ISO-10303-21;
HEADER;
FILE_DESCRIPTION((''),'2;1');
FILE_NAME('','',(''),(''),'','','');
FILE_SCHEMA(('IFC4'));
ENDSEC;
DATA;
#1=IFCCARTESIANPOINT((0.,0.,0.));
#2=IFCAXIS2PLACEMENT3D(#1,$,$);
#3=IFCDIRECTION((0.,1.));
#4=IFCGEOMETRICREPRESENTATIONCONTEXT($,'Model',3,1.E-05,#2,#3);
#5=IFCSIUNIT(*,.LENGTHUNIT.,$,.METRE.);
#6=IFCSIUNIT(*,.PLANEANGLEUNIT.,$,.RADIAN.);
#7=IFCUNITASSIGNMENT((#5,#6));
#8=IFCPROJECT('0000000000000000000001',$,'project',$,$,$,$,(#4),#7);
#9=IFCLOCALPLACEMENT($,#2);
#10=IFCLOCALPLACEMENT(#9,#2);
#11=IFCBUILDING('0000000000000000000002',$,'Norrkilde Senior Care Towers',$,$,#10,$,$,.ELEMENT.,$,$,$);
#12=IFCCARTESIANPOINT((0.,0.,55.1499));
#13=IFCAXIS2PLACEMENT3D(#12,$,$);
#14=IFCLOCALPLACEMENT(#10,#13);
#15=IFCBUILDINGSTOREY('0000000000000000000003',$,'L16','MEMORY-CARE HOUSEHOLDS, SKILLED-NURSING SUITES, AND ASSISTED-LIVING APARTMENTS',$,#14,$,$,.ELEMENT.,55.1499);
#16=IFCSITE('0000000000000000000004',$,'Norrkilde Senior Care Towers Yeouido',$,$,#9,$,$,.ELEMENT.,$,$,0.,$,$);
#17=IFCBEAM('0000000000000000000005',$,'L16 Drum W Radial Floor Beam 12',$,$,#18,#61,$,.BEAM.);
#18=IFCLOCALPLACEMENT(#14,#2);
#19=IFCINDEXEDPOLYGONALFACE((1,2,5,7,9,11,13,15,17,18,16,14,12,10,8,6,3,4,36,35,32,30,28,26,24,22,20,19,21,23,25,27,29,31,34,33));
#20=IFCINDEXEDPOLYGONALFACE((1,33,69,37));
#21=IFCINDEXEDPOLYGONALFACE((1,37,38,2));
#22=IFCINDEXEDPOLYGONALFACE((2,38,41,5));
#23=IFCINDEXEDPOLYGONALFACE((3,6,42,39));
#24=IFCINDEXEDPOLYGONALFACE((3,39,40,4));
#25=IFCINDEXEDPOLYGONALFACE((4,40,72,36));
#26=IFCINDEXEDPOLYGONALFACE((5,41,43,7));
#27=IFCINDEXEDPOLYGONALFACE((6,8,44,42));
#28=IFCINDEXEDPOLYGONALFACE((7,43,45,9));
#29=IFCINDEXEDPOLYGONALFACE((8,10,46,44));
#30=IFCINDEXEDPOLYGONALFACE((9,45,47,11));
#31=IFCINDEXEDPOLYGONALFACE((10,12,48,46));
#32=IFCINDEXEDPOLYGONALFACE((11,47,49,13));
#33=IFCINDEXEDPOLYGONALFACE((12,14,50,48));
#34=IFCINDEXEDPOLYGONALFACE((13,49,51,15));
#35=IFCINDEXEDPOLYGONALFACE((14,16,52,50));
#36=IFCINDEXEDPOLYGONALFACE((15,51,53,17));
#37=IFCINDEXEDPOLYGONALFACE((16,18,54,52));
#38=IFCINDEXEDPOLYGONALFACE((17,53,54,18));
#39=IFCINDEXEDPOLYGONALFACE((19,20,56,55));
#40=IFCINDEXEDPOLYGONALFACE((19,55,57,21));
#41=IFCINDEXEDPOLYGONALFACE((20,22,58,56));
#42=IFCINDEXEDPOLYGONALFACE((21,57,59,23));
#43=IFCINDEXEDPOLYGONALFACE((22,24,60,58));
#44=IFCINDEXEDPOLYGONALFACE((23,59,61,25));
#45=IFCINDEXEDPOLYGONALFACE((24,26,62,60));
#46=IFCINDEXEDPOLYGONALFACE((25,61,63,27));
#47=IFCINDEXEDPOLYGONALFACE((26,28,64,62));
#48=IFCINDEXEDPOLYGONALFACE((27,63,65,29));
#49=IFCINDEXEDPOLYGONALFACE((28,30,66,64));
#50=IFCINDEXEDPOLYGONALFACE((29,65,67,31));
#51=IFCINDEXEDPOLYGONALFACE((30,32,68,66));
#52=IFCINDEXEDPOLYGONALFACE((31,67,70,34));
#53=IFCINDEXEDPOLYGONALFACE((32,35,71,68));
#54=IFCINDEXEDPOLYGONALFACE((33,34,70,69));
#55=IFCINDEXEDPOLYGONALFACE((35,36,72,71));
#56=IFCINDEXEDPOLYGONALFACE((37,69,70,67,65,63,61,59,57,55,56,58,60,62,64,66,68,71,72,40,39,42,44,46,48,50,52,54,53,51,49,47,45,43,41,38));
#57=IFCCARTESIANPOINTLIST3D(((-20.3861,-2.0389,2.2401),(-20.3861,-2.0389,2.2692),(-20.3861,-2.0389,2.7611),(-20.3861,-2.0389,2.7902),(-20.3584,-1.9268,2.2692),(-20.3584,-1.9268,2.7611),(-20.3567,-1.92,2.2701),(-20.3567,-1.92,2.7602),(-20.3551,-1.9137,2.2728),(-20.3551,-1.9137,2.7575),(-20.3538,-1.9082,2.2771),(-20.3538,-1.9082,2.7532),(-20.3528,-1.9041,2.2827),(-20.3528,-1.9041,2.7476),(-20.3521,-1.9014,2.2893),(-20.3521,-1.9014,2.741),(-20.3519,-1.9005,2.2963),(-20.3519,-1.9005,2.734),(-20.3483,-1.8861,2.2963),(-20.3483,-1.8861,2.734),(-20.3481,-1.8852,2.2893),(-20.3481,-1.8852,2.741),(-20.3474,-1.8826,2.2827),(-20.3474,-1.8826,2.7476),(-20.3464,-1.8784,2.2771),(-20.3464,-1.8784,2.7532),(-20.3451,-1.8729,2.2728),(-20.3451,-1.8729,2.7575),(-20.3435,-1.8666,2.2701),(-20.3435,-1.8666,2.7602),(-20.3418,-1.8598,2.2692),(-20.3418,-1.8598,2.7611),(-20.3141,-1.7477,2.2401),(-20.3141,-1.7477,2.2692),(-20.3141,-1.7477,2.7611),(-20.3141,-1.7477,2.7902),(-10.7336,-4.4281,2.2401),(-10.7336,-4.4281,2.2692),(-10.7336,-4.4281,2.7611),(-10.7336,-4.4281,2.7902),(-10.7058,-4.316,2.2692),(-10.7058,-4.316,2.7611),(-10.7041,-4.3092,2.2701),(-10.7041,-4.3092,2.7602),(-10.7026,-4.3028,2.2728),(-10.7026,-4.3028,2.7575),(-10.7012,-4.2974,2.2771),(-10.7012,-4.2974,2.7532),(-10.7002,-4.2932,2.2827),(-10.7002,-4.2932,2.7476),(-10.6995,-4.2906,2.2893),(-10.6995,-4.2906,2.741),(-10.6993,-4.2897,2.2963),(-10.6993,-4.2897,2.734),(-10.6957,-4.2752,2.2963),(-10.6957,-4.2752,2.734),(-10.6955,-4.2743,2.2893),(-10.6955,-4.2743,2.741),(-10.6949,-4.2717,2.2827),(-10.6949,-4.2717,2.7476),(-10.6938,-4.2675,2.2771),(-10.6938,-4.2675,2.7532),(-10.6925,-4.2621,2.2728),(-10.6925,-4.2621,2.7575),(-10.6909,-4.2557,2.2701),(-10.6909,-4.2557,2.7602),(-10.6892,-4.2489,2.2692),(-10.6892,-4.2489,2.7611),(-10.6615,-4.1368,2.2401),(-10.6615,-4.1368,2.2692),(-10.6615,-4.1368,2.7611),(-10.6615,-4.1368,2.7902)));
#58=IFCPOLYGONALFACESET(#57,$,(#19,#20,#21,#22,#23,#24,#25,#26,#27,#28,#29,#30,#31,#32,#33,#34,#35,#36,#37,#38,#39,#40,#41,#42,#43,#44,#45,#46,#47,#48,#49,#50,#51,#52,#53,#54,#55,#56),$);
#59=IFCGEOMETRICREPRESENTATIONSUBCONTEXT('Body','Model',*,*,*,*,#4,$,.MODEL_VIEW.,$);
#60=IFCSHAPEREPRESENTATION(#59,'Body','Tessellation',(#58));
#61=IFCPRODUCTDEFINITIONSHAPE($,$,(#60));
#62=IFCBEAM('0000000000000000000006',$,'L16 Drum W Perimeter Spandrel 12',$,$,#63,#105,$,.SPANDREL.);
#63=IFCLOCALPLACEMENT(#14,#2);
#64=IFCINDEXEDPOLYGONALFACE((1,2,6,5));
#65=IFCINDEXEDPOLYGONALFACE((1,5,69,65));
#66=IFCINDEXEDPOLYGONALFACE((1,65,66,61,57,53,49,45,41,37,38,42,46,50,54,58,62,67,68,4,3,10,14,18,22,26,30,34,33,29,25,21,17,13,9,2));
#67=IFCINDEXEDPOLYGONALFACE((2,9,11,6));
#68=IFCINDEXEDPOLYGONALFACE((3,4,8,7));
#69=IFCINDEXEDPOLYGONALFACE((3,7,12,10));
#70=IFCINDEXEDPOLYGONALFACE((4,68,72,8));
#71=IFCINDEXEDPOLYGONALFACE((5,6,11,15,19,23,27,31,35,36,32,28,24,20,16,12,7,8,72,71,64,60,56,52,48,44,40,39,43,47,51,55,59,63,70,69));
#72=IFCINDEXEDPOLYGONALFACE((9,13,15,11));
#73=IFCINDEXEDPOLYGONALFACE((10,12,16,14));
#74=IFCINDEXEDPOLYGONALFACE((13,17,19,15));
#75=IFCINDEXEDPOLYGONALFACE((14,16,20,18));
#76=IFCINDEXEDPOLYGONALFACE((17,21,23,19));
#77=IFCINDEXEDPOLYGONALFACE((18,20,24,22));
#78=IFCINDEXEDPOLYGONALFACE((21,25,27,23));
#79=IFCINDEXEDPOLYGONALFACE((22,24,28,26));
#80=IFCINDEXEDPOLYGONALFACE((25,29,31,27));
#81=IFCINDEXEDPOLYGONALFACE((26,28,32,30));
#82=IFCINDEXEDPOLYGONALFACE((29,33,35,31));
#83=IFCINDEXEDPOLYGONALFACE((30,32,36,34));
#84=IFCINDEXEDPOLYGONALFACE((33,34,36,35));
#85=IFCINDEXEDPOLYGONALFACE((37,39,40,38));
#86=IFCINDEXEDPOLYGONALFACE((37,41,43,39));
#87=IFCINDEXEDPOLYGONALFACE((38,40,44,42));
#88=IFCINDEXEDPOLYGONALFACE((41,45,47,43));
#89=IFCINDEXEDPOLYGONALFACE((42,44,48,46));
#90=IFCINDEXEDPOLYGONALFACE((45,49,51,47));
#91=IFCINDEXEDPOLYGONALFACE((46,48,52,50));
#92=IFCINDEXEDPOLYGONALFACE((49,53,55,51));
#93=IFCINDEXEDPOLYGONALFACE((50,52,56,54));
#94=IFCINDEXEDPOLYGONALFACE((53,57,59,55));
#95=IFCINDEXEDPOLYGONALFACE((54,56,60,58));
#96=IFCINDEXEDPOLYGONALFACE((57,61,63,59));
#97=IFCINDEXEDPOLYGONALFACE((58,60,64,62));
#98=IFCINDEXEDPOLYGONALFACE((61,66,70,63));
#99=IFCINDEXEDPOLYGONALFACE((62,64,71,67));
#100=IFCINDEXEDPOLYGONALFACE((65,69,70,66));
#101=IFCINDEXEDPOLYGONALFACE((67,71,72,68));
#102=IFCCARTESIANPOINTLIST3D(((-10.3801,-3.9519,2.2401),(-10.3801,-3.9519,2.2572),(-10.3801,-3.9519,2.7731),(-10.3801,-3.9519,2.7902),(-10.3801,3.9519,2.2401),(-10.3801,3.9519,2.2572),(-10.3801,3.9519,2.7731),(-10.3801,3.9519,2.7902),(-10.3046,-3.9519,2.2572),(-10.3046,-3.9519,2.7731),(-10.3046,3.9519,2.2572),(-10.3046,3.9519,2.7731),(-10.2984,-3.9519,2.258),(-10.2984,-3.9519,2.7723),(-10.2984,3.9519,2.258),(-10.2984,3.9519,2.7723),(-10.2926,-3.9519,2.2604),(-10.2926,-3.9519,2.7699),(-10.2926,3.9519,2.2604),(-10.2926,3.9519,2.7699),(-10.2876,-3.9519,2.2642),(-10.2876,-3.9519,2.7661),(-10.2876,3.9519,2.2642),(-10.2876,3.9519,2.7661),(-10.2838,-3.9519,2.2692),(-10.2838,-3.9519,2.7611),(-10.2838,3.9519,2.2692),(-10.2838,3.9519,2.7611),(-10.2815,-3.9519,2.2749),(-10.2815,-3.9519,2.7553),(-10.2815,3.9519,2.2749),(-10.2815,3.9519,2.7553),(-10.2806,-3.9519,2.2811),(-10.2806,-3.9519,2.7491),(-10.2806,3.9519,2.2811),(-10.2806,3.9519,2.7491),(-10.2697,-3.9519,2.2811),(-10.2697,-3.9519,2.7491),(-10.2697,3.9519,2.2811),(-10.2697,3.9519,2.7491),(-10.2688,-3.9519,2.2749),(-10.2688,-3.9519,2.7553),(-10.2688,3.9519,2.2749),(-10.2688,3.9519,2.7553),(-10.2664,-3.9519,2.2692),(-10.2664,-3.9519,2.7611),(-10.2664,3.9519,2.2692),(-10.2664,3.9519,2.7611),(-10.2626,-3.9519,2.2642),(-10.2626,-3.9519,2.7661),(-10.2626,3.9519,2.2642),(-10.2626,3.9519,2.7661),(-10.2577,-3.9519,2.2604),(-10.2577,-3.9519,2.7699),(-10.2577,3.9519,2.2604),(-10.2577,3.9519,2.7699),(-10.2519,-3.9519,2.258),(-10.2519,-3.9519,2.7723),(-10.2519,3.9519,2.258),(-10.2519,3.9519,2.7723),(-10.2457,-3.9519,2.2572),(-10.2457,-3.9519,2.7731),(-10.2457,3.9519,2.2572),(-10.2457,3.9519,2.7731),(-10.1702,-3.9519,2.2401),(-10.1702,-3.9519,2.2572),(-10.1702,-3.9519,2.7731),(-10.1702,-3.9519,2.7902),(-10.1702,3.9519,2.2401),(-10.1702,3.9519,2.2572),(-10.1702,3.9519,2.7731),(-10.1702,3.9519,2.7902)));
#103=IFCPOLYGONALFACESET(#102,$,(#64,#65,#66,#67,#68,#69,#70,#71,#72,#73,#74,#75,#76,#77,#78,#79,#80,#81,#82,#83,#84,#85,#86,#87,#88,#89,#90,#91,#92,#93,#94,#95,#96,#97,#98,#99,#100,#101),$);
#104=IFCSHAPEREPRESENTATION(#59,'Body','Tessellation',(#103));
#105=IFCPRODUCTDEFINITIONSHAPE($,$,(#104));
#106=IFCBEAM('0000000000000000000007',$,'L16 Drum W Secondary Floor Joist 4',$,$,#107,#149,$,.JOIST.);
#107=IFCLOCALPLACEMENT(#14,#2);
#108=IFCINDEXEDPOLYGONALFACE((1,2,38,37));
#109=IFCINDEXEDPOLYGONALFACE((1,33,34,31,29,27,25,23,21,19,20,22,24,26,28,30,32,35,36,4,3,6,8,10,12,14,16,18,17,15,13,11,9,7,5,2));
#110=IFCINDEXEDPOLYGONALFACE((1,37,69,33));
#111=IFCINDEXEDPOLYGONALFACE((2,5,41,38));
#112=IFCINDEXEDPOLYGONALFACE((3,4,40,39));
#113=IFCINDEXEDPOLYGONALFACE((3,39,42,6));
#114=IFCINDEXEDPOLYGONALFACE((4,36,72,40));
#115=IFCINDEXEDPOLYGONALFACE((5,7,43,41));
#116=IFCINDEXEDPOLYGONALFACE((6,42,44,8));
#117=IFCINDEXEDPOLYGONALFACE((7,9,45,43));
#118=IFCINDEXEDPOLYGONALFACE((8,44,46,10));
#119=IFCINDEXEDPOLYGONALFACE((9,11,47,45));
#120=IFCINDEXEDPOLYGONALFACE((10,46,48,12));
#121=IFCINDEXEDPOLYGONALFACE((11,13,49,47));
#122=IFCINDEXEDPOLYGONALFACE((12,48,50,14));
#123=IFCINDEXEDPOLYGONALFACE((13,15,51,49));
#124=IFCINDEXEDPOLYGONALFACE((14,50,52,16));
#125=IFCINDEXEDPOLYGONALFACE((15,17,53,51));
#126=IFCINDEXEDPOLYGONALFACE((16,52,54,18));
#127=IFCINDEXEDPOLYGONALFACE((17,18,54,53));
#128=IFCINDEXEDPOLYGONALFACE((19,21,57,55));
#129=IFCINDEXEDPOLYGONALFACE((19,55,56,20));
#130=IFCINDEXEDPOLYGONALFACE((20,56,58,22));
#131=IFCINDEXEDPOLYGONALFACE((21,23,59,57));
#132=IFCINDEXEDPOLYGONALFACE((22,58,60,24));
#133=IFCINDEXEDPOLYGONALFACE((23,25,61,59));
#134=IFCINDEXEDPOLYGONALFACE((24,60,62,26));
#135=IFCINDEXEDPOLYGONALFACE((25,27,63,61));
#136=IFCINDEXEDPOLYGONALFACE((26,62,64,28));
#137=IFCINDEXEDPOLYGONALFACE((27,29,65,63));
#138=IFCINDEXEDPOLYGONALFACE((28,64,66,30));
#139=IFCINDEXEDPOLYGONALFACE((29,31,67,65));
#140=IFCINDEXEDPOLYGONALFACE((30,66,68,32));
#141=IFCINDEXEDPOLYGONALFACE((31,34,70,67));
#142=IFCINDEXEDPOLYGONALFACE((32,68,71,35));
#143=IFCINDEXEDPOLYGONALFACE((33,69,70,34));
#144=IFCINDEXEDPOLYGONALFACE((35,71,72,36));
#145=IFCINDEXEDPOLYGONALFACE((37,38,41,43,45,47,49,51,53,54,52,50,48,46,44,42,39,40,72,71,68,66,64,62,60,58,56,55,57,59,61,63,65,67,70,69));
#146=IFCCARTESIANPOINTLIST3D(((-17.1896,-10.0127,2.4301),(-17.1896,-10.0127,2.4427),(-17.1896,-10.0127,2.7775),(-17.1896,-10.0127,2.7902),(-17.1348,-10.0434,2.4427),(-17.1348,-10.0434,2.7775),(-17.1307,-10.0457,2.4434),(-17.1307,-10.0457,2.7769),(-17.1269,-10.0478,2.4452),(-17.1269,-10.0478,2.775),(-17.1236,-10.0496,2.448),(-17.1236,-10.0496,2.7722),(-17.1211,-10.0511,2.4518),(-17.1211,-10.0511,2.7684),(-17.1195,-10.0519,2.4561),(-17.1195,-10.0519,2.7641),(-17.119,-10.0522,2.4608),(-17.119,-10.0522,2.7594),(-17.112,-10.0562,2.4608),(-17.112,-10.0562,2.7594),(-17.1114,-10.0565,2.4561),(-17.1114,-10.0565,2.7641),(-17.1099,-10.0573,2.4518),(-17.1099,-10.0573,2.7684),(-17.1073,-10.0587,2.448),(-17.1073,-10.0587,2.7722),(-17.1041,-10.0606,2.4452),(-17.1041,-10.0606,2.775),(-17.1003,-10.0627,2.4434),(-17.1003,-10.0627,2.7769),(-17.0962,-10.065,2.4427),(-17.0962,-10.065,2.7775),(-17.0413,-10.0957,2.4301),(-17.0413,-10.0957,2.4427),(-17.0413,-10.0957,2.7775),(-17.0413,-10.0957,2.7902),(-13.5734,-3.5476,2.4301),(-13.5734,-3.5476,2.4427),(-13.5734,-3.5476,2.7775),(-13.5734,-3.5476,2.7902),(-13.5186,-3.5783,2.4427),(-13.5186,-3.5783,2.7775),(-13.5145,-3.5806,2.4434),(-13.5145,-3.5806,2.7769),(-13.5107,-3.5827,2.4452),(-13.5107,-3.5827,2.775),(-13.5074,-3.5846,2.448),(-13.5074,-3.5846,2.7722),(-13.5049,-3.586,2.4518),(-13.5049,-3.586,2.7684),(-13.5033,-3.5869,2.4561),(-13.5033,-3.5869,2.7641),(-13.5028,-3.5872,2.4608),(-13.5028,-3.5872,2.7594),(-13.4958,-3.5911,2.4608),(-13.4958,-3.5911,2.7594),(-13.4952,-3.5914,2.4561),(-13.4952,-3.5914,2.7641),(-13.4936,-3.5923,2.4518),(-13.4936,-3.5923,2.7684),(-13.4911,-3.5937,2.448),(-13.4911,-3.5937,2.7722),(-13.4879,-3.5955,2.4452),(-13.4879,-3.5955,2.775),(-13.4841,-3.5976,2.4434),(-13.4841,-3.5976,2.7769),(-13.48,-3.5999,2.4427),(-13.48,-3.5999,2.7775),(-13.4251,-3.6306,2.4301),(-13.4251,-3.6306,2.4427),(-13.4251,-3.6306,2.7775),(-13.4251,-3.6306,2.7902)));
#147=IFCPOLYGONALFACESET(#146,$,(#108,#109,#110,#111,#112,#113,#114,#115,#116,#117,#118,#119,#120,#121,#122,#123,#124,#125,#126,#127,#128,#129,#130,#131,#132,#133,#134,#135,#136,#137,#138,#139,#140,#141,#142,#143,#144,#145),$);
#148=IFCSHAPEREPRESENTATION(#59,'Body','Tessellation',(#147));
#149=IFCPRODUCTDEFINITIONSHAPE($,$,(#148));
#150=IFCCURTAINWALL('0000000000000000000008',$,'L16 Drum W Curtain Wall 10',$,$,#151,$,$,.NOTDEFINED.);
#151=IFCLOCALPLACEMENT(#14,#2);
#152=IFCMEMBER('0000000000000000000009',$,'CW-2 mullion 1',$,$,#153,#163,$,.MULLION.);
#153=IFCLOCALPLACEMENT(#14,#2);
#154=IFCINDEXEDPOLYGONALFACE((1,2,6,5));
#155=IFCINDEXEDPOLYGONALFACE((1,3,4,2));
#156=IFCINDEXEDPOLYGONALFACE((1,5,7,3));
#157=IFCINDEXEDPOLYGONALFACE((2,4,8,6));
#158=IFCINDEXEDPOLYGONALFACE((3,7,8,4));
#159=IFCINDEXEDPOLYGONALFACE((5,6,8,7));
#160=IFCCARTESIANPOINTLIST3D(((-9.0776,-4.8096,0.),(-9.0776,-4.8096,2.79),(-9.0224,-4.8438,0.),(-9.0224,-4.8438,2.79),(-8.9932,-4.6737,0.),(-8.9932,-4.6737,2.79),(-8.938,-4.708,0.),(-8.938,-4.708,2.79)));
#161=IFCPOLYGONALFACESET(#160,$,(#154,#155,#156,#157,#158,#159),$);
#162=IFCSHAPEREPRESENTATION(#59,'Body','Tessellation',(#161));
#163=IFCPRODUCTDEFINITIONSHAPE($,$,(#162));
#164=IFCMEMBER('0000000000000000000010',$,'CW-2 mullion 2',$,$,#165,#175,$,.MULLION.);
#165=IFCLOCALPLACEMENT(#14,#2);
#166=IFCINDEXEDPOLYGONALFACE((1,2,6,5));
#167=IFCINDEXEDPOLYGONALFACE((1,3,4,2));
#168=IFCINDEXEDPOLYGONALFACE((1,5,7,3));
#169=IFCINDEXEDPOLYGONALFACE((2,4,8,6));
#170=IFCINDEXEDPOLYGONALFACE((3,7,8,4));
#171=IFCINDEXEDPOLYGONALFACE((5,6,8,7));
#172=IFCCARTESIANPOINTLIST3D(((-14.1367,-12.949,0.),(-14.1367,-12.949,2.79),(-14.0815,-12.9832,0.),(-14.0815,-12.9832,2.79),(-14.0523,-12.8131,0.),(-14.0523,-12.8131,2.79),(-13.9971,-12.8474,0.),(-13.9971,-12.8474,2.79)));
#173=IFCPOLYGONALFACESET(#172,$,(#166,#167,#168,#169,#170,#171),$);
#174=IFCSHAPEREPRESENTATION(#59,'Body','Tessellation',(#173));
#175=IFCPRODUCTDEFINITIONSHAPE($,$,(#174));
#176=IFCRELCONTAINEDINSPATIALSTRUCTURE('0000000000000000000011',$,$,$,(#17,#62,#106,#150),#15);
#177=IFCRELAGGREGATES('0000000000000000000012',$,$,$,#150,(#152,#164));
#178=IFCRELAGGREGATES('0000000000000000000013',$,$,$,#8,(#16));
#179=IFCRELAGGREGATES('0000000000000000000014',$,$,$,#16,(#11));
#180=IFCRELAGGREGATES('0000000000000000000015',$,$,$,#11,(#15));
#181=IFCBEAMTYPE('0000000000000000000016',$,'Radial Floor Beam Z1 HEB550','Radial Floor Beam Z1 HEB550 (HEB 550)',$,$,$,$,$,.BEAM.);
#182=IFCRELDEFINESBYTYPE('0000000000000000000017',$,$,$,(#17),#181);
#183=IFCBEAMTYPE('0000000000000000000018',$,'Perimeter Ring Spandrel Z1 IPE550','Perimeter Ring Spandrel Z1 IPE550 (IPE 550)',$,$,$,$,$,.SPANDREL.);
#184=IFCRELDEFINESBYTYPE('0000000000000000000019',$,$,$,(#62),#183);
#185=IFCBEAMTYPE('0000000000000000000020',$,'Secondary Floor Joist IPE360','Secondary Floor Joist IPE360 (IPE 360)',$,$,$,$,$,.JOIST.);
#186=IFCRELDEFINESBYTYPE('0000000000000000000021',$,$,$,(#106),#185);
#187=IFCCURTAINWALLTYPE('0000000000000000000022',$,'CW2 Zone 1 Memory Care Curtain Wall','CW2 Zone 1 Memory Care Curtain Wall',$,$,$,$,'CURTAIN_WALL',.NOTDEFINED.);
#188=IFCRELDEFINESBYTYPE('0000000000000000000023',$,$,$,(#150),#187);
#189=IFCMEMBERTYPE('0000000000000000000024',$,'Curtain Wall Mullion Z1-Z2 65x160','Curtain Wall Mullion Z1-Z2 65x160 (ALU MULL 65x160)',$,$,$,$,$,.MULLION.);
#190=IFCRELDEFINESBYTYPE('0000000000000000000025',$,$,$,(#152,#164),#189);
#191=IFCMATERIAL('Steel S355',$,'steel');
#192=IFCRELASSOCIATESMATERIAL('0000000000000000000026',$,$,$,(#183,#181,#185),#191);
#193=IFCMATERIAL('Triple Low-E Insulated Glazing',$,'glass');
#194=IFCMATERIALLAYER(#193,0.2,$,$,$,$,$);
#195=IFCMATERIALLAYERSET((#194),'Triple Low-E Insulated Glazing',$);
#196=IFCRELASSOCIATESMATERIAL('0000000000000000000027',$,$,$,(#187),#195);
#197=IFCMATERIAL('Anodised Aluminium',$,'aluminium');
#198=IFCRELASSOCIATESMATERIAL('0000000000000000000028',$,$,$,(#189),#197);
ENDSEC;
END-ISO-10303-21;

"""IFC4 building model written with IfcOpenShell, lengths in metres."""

from ifc_helpers import new_model, si_unit, direction, frame, origin, origin_2d, place, context, subcontext, project, spatial, rectangle, i_section, extrude, source, transform, mapped, material, layer, layer_set, material_profile, profile_set, type_object, type_shapes, element, aggregate, save


model = new_model("IFC4")

# Units and contexts
model_context = context("Model", 3, precision=1e-05, world=origin(), true_north=direction((0.0, 1.0)))
body_context = subcontext(model_context, "Body", "Model", "MODEL_VIEW")
ifc_project = project(units=[si_unit("LENGTHUNIT", "METRE"), si_unit("PLANEANGLEUNIT", "RADIAN")], contexts=[model_context])

# Site, building, storey
site_placement = place(None, origin())
site = spatial("IfcSite", under=ifc_project, at=site_placement, Name="Norrkilde Senior Care Towers Yeouido", CompositionType="ELEMENT", RefElevation=0.0)
building_placement = place(site_placement, origin())
building = spatial("IfcBuilding", under=site, at=building_placement, Name="Norrkilde Senior Care Towers", CompositionType="ELEMENT")
storey_placement = place(building_placement, frame((0.0, 0.0, 55.1499)))
storey = spatial("IfcBuildingStorey", under=building, at=storey_placement, Name="L16", Description="MEMORY-CARE HOUSEHOLDS, SKILLED-NURSING SUITES, AND ASSISTED-LIVING APARTMENTS", CompositionType="ELEMENT", Elevation=55.1499)

# Beams
ifc_material_1 = material(Name="Steel S355", Category="steel")
ifc_material_profile_1 = material_profile(ifc_material_1, i_section(OverallWidth=0.21, OverallDepth=0.55, WebThickness=0.011, FlangeThickness=0.0171, FilletRadius=0.0239, at=origin_2d()), Name="IPE 550")
ifc_profile_set_1 = profile_set([ifc_material_profile_1], Name="Steel S355")
beam_type_1 = type_object("IfcBeamType", Name="Perimeter Ring Spandrel Z1 IPE550", Description="Perimeter Ring Spandrel Z1 IPE550 (IPE 550)", PredefinedType="SPANDREL", material=ifc_profile_set_1)
ifc_material_profile_2 = material_profile(ifc_material_1, i_section(OverallWidth=0.3, OverallDepth=0.55, WebThickness=0.0149, FlangeThickness=0.0291, FilletRadius=0.0271, at=origin_2d()), Name="HEB 550")
ifc_profile_set_2 = profile_set([ifc_material_profile_2], Name="Steel S355")
beam_type_2 = type_object("IfcBeamType", Name="Radial Floor Beam Z1 HEB550", Description="Radial Floor Beam Z1 HEB550 (HEB 550)", PredefinedType="BEAM", material=ifc_profile_set_2)
shared_shape_1 = source(origin(), body_context, "Body", "SweptSolid", [
    extrude(i_section(OverallWidth=0.3, OverallDepth=0.55, WebThickness=0.0149, FlangeThickness=0.0291, FilletRadius=0.0271, at=origin_2d()), origin(), (0.0, 0.0, 1.0), 9.9438),
])
type_shapes(beam_type_2, [shared_shape_1])
for number, where, z_axis, x_axis, name in (
    (1, (-20.3501, -1.8933, 2.5151), (0.970707, -0.240265, 0.0), (0.240265, 0.970707, 0.0), "L16 Drum W Radial Floor Beam 12"),
):
    element("IfcBeam", number, at=place(storey_placement, frame(where, z_axis=z_axis, x_axis=x_axis)), inside=storey, type_object=beam_type_2, Name=name, PredefinedType="BEAM", context=body_context, shape_type="MappedRepresentation", body=[
        mapped(shared_shape_1, transform((0.0, 0.0, 0.0), x_axis=(1.0, 0.0, 0.0), y_axis=(0.0, 1.0, 0.0), z_axis=(0.0, 0.0, 1.0), scale=1.0)),
    ])
shared_shape_2 = source(origin(), body_context, "Body", "SweptSolid", [
    extrude(i_section(OverallWidth=0.21, OverallDepth=0.55, WebThickness=0.011, FlangeThickness=0.0171, FilletRadius=0.0239, at=origin_2d()), origin(), (0.0, 0.0, 1.0), 7.9038),
])
beam_1_placement = place(storey_placement, frame((-10.2751, -3.9519, 2.5151), z_axis=(0.0, 1.0, 0.0), x_axis=(-1.0, 0.0, 0.0)))
element("IfcBeam", 2, at=beam_1_placement, inside=storey, type_object=beam_type_1, Name="L16 Drum W Perimeter Spandrel 12", PredefinedType="SPANDREL", context=body_context, shape_type="MappedRepresentation", body=[
    mapped(shared_shape_2, transform((0.0, 0.0, 0.0), x_axis=(1.0, 0.0, 0.0), y_axis=(0.0, 1.0, 0.0), z_axis=(0.0, 0.0, 1.0), scale=1.0)),
])
ifc_material_profile_3 = material_profile(ifc_material_1, i_section(OverallWidth=0.1699, OverallDepth=0.3601, WebThickness=0.0081, FlangeThickness=0.0127, FilletRadius=0.0181, at=origin_2d()), Name="IPE 360")
ifc_profile_set_3 = profile_set([ifc_material_profile_3], Name="Steel S355")
beam_type_3 = type_object("IfcBeamType", Name="Secondary Floor Joist IPE360", Description="Secondary Floor Joist IPE360 (IPE 360)", PredefinedType="JOIST", material=ifc_profile_set_3)
shared_shape_3 = source(origin(), body_context, "Body", "SweptSolid", [
    extrude(i_section(OverallWidth=0.1699, OverallDepth=0.3601, WebThickness=0.0081, FlangeThickness=0.0127, FilletRadius=0.0181, at=origin_2d()), origin(), (0.0, 0.0, 1.0), 7.4077),
])
type_shapes(beam_type_3, [shared_shape_3])
beam_2_placement = place(storey_placement, frame((-17.1155, -10.0542, 2.6101), z_axis=(0.488168, 0.87275, 0.0), x_axis=(-0.87275, 0.488168, 0.0)))
element("IfcBeam", 3, at=beam_2_placement, inside=storey, type_object=beam_type_3, Name="L16 Drum W Secondary Floor Joist 4", PredefinedType="JOIST", context=body_context, shape_type="MappedRepresentation", body=[
    mapped(shared_shape_3, transform((0.0, 0.0, 0.0), x_axis=(1.0, 0.0, 0.0), y_axis=(0.0, 1.0, 0.0), z_axis=(0.0, 0.0, 1.0), scale=1.0)),
])

# Curtain wall, members
ifc_material_2 = material(Name="Triple Low-E Insulated Glazing", Category="glass")
ifc_layer_1 = layer(ifc_material_2, 0.2)
ifc_layer_set_1 = layer_set([ifc_layer_1], Name="Triple Low-E Insulated Glazing")
curtain_wall_type = type_object("IfcCurtainWallType", Name="CW2 Zone 1 Memory Care Curtain Wall", Description="CW2 Zone 1 Memory Care Curtain Wall", ElementType="CURTAIN_WALL", PredefinedType="NOTDEFINED", material=ifc_layer_set_1)
curtain_wall_1_placement = place(storey_placement, origin())
curtain_wall_1 = element("IfcCurtainWall", 4, at=curtain_wall_1_placement, inside=storey, type_object=curtain_wall_type, Name="L16 Drum W Curtain Wall 10", PredefinedType="NOTDEFINED")
ifc_material_3 = material(Name="Anodised Aluminium", Category="aluminium")
ifc_material_profile_4 = material_profile(ifc_material_3, rectangle(XDim=0.0649, YDim=0.1599, at=origin_2d()), Name="ALU MULL 65x160")
ifc_profile_set_4 = profile_set([ifc_material_profile_4], Name="Anodised Aluminium")
member_type_1 = type_object("IfcMemberType", Name="Curtain Wall Mullion Z1-Z2 65x160", Description="Curtain Wall Mullion Z1-Z2 65x160 (ALU MULL 65x160)", PredefinedType="MULLION", material=ifc_profile_set_4)
shared_shape_4 = source(origin(), body_context, "Body", "SweptSolid", [
    extrude(rectangle(XDim=0.0649, YDim=0.1599, at=origin_2d()), origin(), (0.0, 0.0, 1.0), 2.79),
])
type_shapes(member_type_1, [shared_shape_4])
member_1_placement = place(storey_placement, frame((-9.0078, -4.7588, 0.0), z_axis=(0.0, 0.0, 1.0), x_axis=(0.849306, -0.527901, 0.0)))
member_1 = element("IfcMember", 5, at=member_1_placement, type_object=member_type_1, Name="CW-2 mullion 1", PredefinedType="MULLION", context=body_context, shape_type="MappedRepresentation", body=[
    mapped(shared_shape_4, transform((0.0, 0.0, 0.0), x_axis=(1.0, 0.0, 0.0), y_axis=(0.0, 1.0, 0.0), z_axis=(0.0, 0.0, 1.0), scale=1.0)),
])
member_2_placement = place(storey_placement, frame((-14.0669, -12.8982, 0.0), z_axis=(0.0, 0.0, 1.0), x_axis=(0.849306, -0.527901, 0.0)))
member_2 = element("IfcMember", 6, at=member_2_placement, type_object=member_type_1, Name="CW-2 mullion 2", PredefinedType="MULLION", context=body_context, shape_type="MappedRepresentation", body=[
    mapped(shared_shape_4, transform((0.0, 0.0, 0.0), x_axis=(1.0, 0.0, 0.0), y_axis=(0.0, 1.0, 0.0), z_axis=(0.0, 0.0, 1.0), scale=1.0)),
])

aggregate(curtain_wall_1, [member_1, member_2])

save(model, "model.ifc")
